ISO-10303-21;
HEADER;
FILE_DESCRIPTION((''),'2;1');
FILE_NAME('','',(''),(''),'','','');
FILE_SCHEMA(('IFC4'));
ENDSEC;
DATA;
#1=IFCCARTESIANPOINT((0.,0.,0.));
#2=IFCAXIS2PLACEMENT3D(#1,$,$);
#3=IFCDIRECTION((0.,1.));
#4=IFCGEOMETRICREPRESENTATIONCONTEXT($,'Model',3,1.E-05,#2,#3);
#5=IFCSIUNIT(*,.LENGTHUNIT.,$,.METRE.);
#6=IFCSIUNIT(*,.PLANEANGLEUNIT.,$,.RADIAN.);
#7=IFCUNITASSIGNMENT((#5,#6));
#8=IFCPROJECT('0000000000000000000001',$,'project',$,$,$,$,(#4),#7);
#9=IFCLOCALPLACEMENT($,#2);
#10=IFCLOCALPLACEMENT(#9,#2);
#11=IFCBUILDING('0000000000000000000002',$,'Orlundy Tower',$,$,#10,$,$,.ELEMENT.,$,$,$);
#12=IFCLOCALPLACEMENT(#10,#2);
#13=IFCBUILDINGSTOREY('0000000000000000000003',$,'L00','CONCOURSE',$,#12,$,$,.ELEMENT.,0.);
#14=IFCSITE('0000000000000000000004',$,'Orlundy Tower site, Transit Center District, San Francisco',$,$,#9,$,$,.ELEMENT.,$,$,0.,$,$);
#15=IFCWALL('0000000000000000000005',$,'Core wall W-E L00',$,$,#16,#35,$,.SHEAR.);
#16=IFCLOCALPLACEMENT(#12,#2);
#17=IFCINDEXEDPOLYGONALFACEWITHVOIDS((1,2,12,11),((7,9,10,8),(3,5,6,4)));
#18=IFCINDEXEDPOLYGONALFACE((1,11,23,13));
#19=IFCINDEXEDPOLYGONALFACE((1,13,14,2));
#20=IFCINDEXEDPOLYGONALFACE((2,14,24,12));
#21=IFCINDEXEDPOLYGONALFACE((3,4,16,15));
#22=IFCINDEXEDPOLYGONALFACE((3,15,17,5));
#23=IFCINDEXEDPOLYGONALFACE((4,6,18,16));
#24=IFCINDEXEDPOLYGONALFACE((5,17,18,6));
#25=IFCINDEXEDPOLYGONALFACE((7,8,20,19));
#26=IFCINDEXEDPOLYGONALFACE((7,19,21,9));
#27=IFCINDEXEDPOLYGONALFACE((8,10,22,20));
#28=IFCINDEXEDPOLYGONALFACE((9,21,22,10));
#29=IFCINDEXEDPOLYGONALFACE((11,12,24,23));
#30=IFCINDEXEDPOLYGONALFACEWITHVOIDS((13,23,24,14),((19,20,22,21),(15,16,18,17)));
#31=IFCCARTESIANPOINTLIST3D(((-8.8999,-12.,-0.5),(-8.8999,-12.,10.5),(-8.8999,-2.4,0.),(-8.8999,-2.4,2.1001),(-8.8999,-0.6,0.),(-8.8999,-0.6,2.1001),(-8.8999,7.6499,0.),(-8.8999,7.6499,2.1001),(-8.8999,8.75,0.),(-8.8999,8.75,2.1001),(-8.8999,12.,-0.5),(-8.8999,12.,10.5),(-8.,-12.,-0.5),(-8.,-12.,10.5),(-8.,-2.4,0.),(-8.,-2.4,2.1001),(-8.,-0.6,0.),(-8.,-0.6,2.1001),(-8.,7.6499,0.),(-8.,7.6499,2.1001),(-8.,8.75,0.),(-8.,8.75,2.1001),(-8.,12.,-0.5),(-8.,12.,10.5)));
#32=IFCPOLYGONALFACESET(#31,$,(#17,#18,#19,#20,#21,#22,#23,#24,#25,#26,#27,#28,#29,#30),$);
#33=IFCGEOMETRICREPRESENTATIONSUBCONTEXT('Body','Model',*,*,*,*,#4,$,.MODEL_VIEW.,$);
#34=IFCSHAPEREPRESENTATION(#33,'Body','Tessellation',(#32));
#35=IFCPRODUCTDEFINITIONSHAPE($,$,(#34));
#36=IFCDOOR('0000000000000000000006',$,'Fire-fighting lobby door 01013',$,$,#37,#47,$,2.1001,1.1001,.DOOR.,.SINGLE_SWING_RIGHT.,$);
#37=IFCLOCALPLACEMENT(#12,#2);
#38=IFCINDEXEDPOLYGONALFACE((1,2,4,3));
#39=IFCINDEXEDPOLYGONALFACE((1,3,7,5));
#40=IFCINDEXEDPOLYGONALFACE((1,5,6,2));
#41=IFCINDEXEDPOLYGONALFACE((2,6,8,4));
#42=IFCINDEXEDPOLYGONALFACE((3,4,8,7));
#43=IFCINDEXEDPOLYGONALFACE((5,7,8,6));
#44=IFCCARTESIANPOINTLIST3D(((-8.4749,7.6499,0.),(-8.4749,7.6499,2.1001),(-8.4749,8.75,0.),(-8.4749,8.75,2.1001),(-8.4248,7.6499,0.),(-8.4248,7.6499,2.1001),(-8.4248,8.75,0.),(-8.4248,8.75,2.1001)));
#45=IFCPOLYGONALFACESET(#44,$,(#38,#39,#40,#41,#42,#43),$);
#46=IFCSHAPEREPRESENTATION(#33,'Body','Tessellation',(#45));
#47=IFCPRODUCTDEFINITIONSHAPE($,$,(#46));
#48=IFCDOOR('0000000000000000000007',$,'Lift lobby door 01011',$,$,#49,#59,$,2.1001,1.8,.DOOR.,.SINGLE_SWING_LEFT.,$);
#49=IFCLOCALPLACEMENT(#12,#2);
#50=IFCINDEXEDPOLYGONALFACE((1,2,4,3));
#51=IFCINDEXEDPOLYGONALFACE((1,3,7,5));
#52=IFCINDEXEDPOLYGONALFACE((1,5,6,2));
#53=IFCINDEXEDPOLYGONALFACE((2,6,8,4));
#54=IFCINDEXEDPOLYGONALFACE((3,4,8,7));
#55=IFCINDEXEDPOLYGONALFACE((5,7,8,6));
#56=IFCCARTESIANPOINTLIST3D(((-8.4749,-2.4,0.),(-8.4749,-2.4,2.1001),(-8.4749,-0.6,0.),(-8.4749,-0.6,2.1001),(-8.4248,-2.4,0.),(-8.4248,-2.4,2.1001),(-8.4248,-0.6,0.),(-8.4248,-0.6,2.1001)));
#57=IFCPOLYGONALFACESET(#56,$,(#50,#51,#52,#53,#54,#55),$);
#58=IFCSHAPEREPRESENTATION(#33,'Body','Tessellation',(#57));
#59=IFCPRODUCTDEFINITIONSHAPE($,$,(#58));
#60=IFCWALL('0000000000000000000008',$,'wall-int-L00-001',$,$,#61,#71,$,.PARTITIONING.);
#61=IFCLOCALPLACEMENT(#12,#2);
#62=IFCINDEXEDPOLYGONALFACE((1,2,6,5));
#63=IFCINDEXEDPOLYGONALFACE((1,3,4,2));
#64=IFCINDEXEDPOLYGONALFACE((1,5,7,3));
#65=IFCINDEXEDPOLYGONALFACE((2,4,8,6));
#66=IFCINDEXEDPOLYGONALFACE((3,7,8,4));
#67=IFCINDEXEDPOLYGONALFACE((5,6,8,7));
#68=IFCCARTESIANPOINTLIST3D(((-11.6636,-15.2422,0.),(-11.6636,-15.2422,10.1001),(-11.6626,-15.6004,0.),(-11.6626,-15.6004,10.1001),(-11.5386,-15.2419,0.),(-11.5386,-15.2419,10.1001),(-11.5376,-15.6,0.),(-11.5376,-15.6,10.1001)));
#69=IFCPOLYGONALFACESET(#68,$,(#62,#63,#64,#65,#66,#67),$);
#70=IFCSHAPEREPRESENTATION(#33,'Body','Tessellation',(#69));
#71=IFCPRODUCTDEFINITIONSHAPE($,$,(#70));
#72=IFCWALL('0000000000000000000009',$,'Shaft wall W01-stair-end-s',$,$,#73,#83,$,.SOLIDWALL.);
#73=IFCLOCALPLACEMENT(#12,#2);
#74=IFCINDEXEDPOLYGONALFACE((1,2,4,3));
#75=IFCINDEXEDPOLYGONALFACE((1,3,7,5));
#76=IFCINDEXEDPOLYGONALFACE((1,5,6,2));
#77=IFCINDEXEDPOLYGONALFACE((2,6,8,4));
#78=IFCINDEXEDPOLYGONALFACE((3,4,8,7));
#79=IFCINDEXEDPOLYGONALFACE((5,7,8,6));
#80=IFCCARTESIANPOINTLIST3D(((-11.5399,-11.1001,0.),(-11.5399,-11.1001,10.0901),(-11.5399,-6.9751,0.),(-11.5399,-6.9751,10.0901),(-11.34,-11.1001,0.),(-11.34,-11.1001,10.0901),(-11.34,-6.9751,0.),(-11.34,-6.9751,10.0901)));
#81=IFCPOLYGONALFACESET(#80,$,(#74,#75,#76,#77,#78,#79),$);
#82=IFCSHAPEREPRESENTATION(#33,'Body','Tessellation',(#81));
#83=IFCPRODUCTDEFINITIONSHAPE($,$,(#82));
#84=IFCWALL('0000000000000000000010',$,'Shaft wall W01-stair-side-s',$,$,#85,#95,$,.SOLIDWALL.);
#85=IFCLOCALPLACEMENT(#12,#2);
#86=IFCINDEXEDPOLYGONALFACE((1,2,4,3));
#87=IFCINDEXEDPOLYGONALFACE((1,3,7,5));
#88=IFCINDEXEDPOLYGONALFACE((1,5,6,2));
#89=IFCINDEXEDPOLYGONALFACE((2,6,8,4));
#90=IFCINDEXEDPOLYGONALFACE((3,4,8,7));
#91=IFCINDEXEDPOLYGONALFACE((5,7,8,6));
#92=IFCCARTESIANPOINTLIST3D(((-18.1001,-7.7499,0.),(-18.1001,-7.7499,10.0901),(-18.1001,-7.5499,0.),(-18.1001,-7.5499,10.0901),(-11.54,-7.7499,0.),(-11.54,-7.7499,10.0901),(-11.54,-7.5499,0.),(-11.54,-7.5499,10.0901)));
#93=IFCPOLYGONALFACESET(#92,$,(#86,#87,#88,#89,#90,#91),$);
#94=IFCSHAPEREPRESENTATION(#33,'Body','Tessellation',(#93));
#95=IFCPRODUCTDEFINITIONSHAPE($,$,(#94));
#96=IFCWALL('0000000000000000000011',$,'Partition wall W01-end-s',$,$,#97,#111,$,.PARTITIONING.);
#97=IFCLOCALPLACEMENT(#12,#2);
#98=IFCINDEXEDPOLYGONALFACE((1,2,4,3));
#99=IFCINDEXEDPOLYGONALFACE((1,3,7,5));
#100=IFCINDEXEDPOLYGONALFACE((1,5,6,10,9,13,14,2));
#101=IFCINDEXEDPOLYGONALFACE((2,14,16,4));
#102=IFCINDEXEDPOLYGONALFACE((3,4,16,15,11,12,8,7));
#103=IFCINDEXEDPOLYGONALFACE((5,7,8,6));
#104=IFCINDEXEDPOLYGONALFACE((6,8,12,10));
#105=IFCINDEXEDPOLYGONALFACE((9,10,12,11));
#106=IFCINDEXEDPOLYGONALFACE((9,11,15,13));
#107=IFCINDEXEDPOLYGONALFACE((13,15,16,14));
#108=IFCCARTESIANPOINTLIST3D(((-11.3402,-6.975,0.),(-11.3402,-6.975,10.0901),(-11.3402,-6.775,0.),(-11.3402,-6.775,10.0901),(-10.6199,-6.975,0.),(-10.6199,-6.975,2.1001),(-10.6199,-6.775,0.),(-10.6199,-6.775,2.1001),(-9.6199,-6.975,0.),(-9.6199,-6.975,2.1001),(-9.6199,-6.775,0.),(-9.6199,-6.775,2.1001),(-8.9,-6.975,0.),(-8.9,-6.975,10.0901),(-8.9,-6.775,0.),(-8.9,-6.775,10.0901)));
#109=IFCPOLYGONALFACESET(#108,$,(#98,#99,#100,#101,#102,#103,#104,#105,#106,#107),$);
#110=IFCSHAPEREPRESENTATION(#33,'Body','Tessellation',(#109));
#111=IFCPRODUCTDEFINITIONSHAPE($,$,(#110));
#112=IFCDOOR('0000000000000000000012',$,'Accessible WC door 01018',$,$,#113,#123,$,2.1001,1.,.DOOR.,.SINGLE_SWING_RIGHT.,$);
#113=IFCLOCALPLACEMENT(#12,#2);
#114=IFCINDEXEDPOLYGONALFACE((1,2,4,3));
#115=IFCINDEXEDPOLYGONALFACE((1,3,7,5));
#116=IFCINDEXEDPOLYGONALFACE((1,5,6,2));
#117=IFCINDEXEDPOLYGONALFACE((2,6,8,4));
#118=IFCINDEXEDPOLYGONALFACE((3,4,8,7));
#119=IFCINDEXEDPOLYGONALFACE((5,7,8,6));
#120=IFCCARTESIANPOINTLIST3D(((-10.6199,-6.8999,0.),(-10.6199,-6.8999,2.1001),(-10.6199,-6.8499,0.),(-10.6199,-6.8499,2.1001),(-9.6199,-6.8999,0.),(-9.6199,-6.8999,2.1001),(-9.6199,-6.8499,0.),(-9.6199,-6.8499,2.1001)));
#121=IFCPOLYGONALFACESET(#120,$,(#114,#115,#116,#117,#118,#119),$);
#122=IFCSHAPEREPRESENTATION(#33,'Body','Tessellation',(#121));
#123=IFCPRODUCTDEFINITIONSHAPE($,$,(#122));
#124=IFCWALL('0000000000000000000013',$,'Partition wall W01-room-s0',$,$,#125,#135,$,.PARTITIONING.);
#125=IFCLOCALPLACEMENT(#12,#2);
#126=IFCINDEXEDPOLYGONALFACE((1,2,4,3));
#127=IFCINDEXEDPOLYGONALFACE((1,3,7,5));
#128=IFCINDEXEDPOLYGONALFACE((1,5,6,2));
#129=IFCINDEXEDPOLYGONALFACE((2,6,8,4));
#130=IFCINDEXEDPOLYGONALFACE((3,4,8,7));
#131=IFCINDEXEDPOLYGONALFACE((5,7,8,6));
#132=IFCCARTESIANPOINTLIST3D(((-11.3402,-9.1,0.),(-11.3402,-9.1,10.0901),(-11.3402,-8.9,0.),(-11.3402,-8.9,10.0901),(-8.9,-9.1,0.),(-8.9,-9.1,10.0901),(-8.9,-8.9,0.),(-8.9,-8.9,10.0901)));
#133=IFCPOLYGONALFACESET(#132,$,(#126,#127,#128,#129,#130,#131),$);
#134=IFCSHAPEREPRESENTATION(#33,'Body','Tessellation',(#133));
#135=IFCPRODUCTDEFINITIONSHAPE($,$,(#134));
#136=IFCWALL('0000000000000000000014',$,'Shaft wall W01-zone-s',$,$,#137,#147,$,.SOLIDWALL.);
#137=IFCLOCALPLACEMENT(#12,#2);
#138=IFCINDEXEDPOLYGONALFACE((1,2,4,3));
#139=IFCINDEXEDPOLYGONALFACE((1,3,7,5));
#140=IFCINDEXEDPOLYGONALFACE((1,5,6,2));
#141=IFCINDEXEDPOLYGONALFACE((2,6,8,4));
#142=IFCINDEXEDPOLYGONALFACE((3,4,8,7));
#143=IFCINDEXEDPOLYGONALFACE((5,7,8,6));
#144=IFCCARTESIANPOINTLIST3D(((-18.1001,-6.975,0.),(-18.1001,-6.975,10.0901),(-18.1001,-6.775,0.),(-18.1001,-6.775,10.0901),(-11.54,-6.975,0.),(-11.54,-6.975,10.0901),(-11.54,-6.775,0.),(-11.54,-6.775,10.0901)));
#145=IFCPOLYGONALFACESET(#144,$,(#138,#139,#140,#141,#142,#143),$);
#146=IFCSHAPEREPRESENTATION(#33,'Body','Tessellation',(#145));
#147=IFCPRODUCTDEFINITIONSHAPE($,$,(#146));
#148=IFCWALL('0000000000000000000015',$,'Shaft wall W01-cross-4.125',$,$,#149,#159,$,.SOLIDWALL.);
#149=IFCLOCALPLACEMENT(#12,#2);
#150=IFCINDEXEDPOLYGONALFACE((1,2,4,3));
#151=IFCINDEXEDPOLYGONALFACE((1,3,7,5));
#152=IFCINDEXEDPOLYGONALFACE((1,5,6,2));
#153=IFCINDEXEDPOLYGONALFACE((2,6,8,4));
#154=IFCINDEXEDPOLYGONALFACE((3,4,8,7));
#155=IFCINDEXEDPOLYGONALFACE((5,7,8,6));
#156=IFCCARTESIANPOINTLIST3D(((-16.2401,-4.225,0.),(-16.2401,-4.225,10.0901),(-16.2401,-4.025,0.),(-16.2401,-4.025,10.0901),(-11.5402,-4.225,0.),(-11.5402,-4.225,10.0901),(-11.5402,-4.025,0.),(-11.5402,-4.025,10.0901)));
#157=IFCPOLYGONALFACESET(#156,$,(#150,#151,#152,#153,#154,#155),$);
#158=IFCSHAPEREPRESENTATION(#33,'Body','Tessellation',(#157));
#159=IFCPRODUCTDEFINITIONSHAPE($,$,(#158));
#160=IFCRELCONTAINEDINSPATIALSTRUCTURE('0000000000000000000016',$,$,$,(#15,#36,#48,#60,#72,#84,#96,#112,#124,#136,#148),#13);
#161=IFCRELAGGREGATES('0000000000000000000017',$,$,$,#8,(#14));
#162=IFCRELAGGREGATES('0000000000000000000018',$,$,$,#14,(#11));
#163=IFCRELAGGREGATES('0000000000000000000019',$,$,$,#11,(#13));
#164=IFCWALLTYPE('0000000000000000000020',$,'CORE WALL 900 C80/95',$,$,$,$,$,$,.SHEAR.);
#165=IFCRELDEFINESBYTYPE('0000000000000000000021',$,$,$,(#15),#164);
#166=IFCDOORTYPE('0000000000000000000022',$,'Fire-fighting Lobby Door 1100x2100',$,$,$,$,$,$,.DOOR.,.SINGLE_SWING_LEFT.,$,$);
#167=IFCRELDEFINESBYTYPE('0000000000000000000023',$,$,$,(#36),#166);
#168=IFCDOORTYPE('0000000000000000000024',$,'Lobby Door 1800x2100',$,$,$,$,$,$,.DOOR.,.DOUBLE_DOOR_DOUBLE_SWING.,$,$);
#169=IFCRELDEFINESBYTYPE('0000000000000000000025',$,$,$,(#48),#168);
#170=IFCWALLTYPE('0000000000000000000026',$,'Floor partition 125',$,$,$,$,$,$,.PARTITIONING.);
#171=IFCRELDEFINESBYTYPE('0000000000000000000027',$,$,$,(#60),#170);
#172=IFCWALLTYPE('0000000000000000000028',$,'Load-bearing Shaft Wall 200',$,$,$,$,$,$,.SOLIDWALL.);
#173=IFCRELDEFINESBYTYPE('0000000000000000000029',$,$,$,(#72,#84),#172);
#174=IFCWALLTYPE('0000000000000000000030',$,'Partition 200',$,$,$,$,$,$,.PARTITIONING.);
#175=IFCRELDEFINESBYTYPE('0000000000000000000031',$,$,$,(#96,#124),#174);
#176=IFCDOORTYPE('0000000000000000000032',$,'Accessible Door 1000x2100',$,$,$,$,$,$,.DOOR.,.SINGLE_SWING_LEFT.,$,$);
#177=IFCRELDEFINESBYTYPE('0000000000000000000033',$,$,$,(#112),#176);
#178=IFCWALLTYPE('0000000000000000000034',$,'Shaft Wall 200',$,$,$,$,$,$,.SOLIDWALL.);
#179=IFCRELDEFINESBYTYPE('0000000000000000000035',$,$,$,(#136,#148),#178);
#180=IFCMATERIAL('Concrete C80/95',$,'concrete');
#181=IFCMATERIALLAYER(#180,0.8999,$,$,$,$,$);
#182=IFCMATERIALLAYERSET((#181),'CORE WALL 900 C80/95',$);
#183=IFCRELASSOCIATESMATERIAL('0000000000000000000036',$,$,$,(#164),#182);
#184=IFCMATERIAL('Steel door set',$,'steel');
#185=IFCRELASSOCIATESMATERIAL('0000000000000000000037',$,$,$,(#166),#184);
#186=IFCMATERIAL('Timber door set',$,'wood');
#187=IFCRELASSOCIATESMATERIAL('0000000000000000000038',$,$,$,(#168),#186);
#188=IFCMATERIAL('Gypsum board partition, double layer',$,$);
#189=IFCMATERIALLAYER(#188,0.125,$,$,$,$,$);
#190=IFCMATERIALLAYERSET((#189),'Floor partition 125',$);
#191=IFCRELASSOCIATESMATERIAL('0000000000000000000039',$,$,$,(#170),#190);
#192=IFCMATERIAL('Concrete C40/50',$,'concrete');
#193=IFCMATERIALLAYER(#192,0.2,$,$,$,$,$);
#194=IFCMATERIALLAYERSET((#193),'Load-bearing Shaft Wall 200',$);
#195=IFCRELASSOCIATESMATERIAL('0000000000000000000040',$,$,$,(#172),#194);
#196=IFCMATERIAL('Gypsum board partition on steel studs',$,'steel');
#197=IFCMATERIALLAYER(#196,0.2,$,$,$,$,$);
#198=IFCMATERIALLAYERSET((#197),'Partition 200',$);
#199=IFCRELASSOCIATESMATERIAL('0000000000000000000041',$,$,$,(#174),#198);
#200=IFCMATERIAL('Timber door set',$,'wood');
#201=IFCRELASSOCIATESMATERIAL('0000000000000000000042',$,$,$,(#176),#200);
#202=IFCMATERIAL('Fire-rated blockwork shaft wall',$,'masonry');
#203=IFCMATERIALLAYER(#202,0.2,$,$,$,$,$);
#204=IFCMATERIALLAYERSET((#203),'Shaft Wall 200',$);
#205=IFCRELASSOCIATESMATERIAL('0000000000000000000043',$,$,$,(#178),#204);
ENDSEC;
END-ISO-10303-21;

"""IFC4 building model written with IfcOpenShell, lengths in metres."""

from ifc_helpers import new_model, si_unit, direction, frame, frame_2d, origin, place, context, subcontext, project, spatial, rectangle, extrude, material, layer, layer_set, type_object, element, fill, save


model = new_model("IFC4")

# Units and contexts
model_context = context("Model", 3, precision=1e-05, world=origin(), true_north=direction((0.0, 1.0)))
body_context = subcontext(model_context, "Body", "Model", "MODEL_VIEW")
ifc_project = project(units=[si_unit("LENGTHUNIT", "METRE"), si_unit("PLANEANGLEUNIT", "RADIAN")], contexts=[model_context])

# Site, building, storey
site_placement = place(None, origin())
site = spatial("IfcSite", under=ifc_project, at=site_placement, Name="Orlundy Tower site, Transit Center District, San Francisco", CompositionType="ELEMENT", RefElevation=0.0)
building_placement = place(site_placement, origin())
building = spatial("IfcBuilding", under=site, at=building_placement, Name="Orlundy Tower", CompositionType="ELEMENT")
storey_placement = place(building_placement, origin())
storey = spatial("IfcBuildingStorey", under=building, at=storey_placement, Name="L00", Description="CONCOURSE", CompositionType="ELEMENT", Elevation=0.0)

# Wall, openings, doors
ifc_material_1 = material(Name="Concrete C80/95", Category="concrete")
ifc_layer_1 = layer(ifc_material_1, 0.8999)
ifc_layer_set_1 = layer_set([ifc_layer_1], Name="CORE WALL 900 C80/95")
wall_type_1 = type_object("IfcWallType", Name="CORE WALL 900 C80/95", PredefinedType="SHEAR", material=ifc_layer_set_1)
wall_1_placement = place(storey_placement, frame((-8.45, -12.0, -0.5), z_axis=(0.0, 0.0, 1.0), x_axis=(0.0, 1.0, 0.0)))
wall_1 = element("IfcWall", 1, at=wall_1_placement, inside=storey, type_object=wall_type_1, Name="Core wall W-E L00", PredefinedType="SHEAR", context=body_context, shape_type="SweptSolid", body=[
    extrude(rectangle(XDim=24.0, YDim=0.8999, at=frame_2d((12.0, 0.0))), origin(), (0.0, 0.0, 1.0), 11.0),
])
opening_1_placement = place(wall_1_placement, frame((9.6001, 0.0, 0.5)))
opening_1 = element("IfcOpeningElement", 2, at=opening_1_placement, cuts=wall_1, PredefinedType="OPENING", context=body_context, shape_type="SweptSolid", body=[
    extrude(rectangle(XDim=1.8, YDim=2.1001, at=frame_2d((0.8999, 1.05))), frame((0.0, 0.46, 0.0), z_axis=(0.0, -1.0, 0.0), x_axis=(1.0, 0.0, 0.0)), (0.0, 0.0, 1.0), 0.9199),
])
opening_2_placement = place(wall_1_placement, frame((19.6499, 0.0, 0.5)))
opening_2 = element("IfcOpeningElement", 3, at=opening_2_placement, cuts=wall_1, PredefinedType="OPENING", context=body_context, shape_type="SweptSolid", body=[
    extrude(rectangle(XDim=1.1001, YDim=2.1001, at=frame_2d((0.55, 1.05))), frame((0.0, 0.46, 0.0), z_axis=(0.0, -1.0, 0.0), x_axis=(1.0, 0.0, 0.0)), (0.0, 0.0, 1.0), 0.9199),
])
ifc_material_2 = material(Name="Steel door set", Category="steel")
door_type_1 = type_object("IfcDoorType", Name="Fire-fighting Lobby Door 1100x2100", OperationType="SINGLE_SWING_LEFT", PredefinedType="DOOR", material=ifc_material_2)
door_1_placement = place(opening_2_placement, origin())
door_1 = element("IfcDoor", 4, at=door_1_placement, inside=storey, type_object=door_type_1, Name="Fire-fighting lobby door 01013", OperationType="SINGLE_SWING_RIGHT", OverallHeight=2.1001, OverallWidth=1.1001, PredefinedType="DOOR", context=body_context, shape_type="SweptSolid", body=[
    extrude(rectangle(XDim=1.1001, YDim=2.1001, at=frame_2d((0.55, 1.05))), frame((0.0, 0.0249, 0.0), z_axis=(0.0, -1.0, 0.0), x_axis=(1.0, 0.0, 0.0)), (0.0, 0.0, 1.0), 0.05),
])
fill(opening_2, door_1)
ifc_material_3 = material(Name="Timber door set", Category="wood")
door_type_2 = type_object("IfcDoorType", Name="Lobby Door 1800x2100", OperationType="DOUBLE_DOOR_DOUBLE_SWING", PredefinedType="DOOR", material=ifc_material_3)
door_2_placement = place(opening_1_placement, origin())
door_2 = element("IfcDoor", 5, at=door_2_placement, inside=storey, type_object=door_type_2, Name="Lift lobby door 01011", OperationType="SINGLE_SWING_LEFT", OverallHeight=2.1001, OverallWidth=1.8, PredefinedType="DOOR", context=body_context, shape_type="SweptSolid", body=[
    extrude(rectangle(XDim=1.8, YDim=2.1001, at=frame_2d((0.8999, 1.05))), frame((0.0, 0.0249, 0.0), z_axis=(0.0, -1.0, 0.0), x_axis=(1.0, 0.0, 0.0)), (0.0, 0.0, 1.0), 0.05),
])
fill(opening_1, door_2)

# Walls
ifc_material_4 = material(Name="Gypsum board partition, double layer")
ifc_layer_2 = layer(ifc_material_4, 0.125)
ifc_layer_set_2 = layer_set([ifc_layer_2], Name="Floor partition 125")
wall_type_2 = type_object("IfcWallType", Name="Floor partition 125", PredefinedType="PARTITIONING", material=ifc_layer_set_2)
wall_2_placement = place(storey_placement, frame((-11.6011, -15.2419, 0.0), z_axis=(0.0, 0.0, 1.0), x_axis=(0.002727, -0.999996, 0.0)))
element("IfcWall", 6, at=wall_2_placement, inside=storey, type_object=wall_type_2, Name="wall-int-L00-001", PredefinedType="PARTITIONING", context=body_context, shape_type="SweptSolid", body=[
    extrude(rectangle(XDim=0.3582, YDim=0.125, at=frame_2d((0.1792, 0.0))), origin(), (0.0, 0.0, 1.0), 10.1001),
])
ifc_material_5 = material(Name="Concrete C40/50", Category="concrete")
ifc_layer_3 = layer(ifc_material_5, 0.2)
ifc_layer_set_3 = layer_set([ifc_layer_3], Name="Load-bearing Shaft Wall 200")
wall_type_3 = type_object("IfcWallType", Name="Load-bearing Shaft Wall 200", PredefinedType="SOLIDWALL", material=ifc_layer_set_3)
wall_3_placement = place(storey_placement, frame((-11.4399, -11.1001, 0.0), z_axis=(0.0, 0.0, 1.0), x_axis=(0.0, 1.0, 0.0)))
element("IfcWall", 7, at=wall_3_placement, inside=storey, type_object=wall_type_3, Name="Shaft wall W01-stair-end-s", PredefinedType="SOLIDWALL", context=body_context, shape_type="SweptSolid", body=[
    extrude(rectangle(XDim=4.125, YDim=0.2, at=frame_2d((2.0625, 0.0))), origin(), (0.0, 0.0, 1.0), 10.0901),
])
wall_4_placement = place(storey_placement, frame((-11.54, -7.6499, 0.0), z_axis=(0.0, 0.0, 1.0), x_axis=(-1.0, 0.0, 0.0)))
element("IfcWall", 8, at=wall_4_placement, inside=storey, type_object=wall_type_3, Name="Shaft wall W01-stair-side-s", PredefinedType="SOLIDWALL", context=body_context, shape_type="SweptSolid", body=[
    extrude(rectangle(XDim=6.5601, YDim=0.2, at=frame_2d((3.28, 0.0))), origin(), (0.0, 0.0, 1.0), 10.0901),
])

# Wall, opening, door
ifc_material_6 = material(Name="Gypsum board partition on steel studs", Category="steel")
ifc_layer_4 = layer(ifc_material_6, 0.2)
ifc_layer_set_4 = layer_set([ifc_layer_4], Name="Partition 200")
wall_type_4 = type_object("IfcWallType", Name="Partition 200", PredefinedType="PARTITIONING", material=ifc_layer_set_4)
wall_5_placement = place(storey_placement, frame((-8.8999, -6.875, 0.0), z_axis=(0.0, 0.0, 1.0), x_axis=(-1.0, 0.0, 0.0)))
wall_5 = element("IfcWall", 9, at=wall_5_placement, inside=storey, type_object=wall_type_4, Name="Partition wall W01-end-s", PredefinedType="PARTITIONING", context=body_context, shape_type="SweptSolid", body=[
    extrude(rectangle(XDim=2.4402, YDim=0.2, at=frame_2d((1.2202, 0.0))), origin(), (0.0, 0.0, 1.0), 10.0901),
])
opening_3_placement = place(wall_5_placement, frame((0.72, 0.0, 0.0)))
opening_3 = element("IfcOpeningElement", 10, at=opening_3_placement, cuts=wall_5, PredefinedType="OPENING", context=body_context, shape_type="SweptSolid", body=[
    extrude(rectangle(XDim=1.0, YDim=2.1001, at=frame_2d((0.5, 1.05))), frame((0.0, 0.1101, 0.0), z_axis=(0.0, -1.0, 0.0), x_axis=(1.0, 0.0, 0.0)), (0.0, 0.0, 1.0), 0.2202),
])
ifc_material_7 = material(Name="Timber door set", Category="wood")
door_type_3 = type_object("IfcDoorType", Name="Accessible Door 1000x2100", OperationType="SINGLE_SWING_LEFT", PredefinedType="DOOR", material=ifc_material_7)
door_3_placement = place(opening_3_placement, origin())
door_3 = element("IfcDoor", 11, at=door_3_placement, inside=storey, type_object=door_type_3, Name="Accessible WC door 01018", OperationType="SINGLE_SWING_RIGHT", OverallHeight=2.1001, OverallWidth=1.0, PredefinedType="DOOR", context=body_context, shape_type="SweptSolid", body=[
    extrude(rectangle(XDim=1.0, YDim=2.1001, at=frame_2d((0.5, 1.05))), frame((0.0, 0.0249, 0.0), z_axis=(0.0, -1.0, 0.0), x_axis=(1.0, 0.0, 0.0)), (0.0, 0.0, 1.0), 0.05),
])
fill(opening_3, door_3)

# Walls
wall_6_placement = place(storey_placement, frame((-8.8999, -9.0, 0.0), z_axis=(0.0, 0.0, 1.0), x_axis=(-1.0, 0.0, 0.0)))
element("IfcWall", 12, at=wall_6_placement, inside=storey, type_object=wall_type_4, Name="Partition wall W01-room-s0", PredefinedType="PARTITIONING", context=body_context, shape_type="SweptSolid", body=[
    extrude(rectangle(XDim=2.4402, YDim=0.2, at=frame_2d((1.2202, 0.0))), origin(), (0.0, 0.0, 1.0), 10.0901),
])
ifc_material_8 = material(Name="Fire-rated blockwork shaft wall", Category="masonry")
ifc_layer_5 = layer(ifc_material_8, 0.2)
ifc_layer_set_5 = layer_set([ifc_layer_5], Name="Shaft Wall 200")
wall_type_5 = type_object("IfcWallType", Name="Shaft Wall 200", PredefinedType="SOLIDWALL", material=ifc_layer_set_5)
wall_7_placement = place(storey_placement, frame((-11.54, -6.875, 0.0), z_axis=(0.0, 0.0, 1.0), x_axis=(-1.0, 0.0, 0.0)))
element("IfcWall", 13, at=wall_7_placement, inside=storey, type_object=wall_type_5, Name="Shaft wall W01-zone-s", PredefinedType="SOLIDWALL", context=body_context, shape_type="SweptSolid", body=[
    extrude(rectangle(XDim=6.5601, YDim=0.2, at=frame_2d((3.28, 0.0))), origin(), (0.0, 0.0, 1.0), 10.0901),
])
wall_8_placement = place(storey_placement, frame((-11.54, -4.125, 0.0), z_axis=(0.0, 0.0, 1.0), x_axis=(-1.0, 0.0, 0.0)))
element("IfcWall", 14, at=wall_8_placement, inside=storey, type_object=wall_type_5, Name="Shaft wall W01-cross-4.125", PredefinedType="SOLIDWALL", context=body_context, shape_type="SweptSolid", body=[
    extrude(rectangle(XDim=4.7, YDim=0.2, at=frame_2d((2.3501, 0.0))), origin(), (0.0, 0.0, 1.0), 10.0901),
])

save(model, "model.ifc")
